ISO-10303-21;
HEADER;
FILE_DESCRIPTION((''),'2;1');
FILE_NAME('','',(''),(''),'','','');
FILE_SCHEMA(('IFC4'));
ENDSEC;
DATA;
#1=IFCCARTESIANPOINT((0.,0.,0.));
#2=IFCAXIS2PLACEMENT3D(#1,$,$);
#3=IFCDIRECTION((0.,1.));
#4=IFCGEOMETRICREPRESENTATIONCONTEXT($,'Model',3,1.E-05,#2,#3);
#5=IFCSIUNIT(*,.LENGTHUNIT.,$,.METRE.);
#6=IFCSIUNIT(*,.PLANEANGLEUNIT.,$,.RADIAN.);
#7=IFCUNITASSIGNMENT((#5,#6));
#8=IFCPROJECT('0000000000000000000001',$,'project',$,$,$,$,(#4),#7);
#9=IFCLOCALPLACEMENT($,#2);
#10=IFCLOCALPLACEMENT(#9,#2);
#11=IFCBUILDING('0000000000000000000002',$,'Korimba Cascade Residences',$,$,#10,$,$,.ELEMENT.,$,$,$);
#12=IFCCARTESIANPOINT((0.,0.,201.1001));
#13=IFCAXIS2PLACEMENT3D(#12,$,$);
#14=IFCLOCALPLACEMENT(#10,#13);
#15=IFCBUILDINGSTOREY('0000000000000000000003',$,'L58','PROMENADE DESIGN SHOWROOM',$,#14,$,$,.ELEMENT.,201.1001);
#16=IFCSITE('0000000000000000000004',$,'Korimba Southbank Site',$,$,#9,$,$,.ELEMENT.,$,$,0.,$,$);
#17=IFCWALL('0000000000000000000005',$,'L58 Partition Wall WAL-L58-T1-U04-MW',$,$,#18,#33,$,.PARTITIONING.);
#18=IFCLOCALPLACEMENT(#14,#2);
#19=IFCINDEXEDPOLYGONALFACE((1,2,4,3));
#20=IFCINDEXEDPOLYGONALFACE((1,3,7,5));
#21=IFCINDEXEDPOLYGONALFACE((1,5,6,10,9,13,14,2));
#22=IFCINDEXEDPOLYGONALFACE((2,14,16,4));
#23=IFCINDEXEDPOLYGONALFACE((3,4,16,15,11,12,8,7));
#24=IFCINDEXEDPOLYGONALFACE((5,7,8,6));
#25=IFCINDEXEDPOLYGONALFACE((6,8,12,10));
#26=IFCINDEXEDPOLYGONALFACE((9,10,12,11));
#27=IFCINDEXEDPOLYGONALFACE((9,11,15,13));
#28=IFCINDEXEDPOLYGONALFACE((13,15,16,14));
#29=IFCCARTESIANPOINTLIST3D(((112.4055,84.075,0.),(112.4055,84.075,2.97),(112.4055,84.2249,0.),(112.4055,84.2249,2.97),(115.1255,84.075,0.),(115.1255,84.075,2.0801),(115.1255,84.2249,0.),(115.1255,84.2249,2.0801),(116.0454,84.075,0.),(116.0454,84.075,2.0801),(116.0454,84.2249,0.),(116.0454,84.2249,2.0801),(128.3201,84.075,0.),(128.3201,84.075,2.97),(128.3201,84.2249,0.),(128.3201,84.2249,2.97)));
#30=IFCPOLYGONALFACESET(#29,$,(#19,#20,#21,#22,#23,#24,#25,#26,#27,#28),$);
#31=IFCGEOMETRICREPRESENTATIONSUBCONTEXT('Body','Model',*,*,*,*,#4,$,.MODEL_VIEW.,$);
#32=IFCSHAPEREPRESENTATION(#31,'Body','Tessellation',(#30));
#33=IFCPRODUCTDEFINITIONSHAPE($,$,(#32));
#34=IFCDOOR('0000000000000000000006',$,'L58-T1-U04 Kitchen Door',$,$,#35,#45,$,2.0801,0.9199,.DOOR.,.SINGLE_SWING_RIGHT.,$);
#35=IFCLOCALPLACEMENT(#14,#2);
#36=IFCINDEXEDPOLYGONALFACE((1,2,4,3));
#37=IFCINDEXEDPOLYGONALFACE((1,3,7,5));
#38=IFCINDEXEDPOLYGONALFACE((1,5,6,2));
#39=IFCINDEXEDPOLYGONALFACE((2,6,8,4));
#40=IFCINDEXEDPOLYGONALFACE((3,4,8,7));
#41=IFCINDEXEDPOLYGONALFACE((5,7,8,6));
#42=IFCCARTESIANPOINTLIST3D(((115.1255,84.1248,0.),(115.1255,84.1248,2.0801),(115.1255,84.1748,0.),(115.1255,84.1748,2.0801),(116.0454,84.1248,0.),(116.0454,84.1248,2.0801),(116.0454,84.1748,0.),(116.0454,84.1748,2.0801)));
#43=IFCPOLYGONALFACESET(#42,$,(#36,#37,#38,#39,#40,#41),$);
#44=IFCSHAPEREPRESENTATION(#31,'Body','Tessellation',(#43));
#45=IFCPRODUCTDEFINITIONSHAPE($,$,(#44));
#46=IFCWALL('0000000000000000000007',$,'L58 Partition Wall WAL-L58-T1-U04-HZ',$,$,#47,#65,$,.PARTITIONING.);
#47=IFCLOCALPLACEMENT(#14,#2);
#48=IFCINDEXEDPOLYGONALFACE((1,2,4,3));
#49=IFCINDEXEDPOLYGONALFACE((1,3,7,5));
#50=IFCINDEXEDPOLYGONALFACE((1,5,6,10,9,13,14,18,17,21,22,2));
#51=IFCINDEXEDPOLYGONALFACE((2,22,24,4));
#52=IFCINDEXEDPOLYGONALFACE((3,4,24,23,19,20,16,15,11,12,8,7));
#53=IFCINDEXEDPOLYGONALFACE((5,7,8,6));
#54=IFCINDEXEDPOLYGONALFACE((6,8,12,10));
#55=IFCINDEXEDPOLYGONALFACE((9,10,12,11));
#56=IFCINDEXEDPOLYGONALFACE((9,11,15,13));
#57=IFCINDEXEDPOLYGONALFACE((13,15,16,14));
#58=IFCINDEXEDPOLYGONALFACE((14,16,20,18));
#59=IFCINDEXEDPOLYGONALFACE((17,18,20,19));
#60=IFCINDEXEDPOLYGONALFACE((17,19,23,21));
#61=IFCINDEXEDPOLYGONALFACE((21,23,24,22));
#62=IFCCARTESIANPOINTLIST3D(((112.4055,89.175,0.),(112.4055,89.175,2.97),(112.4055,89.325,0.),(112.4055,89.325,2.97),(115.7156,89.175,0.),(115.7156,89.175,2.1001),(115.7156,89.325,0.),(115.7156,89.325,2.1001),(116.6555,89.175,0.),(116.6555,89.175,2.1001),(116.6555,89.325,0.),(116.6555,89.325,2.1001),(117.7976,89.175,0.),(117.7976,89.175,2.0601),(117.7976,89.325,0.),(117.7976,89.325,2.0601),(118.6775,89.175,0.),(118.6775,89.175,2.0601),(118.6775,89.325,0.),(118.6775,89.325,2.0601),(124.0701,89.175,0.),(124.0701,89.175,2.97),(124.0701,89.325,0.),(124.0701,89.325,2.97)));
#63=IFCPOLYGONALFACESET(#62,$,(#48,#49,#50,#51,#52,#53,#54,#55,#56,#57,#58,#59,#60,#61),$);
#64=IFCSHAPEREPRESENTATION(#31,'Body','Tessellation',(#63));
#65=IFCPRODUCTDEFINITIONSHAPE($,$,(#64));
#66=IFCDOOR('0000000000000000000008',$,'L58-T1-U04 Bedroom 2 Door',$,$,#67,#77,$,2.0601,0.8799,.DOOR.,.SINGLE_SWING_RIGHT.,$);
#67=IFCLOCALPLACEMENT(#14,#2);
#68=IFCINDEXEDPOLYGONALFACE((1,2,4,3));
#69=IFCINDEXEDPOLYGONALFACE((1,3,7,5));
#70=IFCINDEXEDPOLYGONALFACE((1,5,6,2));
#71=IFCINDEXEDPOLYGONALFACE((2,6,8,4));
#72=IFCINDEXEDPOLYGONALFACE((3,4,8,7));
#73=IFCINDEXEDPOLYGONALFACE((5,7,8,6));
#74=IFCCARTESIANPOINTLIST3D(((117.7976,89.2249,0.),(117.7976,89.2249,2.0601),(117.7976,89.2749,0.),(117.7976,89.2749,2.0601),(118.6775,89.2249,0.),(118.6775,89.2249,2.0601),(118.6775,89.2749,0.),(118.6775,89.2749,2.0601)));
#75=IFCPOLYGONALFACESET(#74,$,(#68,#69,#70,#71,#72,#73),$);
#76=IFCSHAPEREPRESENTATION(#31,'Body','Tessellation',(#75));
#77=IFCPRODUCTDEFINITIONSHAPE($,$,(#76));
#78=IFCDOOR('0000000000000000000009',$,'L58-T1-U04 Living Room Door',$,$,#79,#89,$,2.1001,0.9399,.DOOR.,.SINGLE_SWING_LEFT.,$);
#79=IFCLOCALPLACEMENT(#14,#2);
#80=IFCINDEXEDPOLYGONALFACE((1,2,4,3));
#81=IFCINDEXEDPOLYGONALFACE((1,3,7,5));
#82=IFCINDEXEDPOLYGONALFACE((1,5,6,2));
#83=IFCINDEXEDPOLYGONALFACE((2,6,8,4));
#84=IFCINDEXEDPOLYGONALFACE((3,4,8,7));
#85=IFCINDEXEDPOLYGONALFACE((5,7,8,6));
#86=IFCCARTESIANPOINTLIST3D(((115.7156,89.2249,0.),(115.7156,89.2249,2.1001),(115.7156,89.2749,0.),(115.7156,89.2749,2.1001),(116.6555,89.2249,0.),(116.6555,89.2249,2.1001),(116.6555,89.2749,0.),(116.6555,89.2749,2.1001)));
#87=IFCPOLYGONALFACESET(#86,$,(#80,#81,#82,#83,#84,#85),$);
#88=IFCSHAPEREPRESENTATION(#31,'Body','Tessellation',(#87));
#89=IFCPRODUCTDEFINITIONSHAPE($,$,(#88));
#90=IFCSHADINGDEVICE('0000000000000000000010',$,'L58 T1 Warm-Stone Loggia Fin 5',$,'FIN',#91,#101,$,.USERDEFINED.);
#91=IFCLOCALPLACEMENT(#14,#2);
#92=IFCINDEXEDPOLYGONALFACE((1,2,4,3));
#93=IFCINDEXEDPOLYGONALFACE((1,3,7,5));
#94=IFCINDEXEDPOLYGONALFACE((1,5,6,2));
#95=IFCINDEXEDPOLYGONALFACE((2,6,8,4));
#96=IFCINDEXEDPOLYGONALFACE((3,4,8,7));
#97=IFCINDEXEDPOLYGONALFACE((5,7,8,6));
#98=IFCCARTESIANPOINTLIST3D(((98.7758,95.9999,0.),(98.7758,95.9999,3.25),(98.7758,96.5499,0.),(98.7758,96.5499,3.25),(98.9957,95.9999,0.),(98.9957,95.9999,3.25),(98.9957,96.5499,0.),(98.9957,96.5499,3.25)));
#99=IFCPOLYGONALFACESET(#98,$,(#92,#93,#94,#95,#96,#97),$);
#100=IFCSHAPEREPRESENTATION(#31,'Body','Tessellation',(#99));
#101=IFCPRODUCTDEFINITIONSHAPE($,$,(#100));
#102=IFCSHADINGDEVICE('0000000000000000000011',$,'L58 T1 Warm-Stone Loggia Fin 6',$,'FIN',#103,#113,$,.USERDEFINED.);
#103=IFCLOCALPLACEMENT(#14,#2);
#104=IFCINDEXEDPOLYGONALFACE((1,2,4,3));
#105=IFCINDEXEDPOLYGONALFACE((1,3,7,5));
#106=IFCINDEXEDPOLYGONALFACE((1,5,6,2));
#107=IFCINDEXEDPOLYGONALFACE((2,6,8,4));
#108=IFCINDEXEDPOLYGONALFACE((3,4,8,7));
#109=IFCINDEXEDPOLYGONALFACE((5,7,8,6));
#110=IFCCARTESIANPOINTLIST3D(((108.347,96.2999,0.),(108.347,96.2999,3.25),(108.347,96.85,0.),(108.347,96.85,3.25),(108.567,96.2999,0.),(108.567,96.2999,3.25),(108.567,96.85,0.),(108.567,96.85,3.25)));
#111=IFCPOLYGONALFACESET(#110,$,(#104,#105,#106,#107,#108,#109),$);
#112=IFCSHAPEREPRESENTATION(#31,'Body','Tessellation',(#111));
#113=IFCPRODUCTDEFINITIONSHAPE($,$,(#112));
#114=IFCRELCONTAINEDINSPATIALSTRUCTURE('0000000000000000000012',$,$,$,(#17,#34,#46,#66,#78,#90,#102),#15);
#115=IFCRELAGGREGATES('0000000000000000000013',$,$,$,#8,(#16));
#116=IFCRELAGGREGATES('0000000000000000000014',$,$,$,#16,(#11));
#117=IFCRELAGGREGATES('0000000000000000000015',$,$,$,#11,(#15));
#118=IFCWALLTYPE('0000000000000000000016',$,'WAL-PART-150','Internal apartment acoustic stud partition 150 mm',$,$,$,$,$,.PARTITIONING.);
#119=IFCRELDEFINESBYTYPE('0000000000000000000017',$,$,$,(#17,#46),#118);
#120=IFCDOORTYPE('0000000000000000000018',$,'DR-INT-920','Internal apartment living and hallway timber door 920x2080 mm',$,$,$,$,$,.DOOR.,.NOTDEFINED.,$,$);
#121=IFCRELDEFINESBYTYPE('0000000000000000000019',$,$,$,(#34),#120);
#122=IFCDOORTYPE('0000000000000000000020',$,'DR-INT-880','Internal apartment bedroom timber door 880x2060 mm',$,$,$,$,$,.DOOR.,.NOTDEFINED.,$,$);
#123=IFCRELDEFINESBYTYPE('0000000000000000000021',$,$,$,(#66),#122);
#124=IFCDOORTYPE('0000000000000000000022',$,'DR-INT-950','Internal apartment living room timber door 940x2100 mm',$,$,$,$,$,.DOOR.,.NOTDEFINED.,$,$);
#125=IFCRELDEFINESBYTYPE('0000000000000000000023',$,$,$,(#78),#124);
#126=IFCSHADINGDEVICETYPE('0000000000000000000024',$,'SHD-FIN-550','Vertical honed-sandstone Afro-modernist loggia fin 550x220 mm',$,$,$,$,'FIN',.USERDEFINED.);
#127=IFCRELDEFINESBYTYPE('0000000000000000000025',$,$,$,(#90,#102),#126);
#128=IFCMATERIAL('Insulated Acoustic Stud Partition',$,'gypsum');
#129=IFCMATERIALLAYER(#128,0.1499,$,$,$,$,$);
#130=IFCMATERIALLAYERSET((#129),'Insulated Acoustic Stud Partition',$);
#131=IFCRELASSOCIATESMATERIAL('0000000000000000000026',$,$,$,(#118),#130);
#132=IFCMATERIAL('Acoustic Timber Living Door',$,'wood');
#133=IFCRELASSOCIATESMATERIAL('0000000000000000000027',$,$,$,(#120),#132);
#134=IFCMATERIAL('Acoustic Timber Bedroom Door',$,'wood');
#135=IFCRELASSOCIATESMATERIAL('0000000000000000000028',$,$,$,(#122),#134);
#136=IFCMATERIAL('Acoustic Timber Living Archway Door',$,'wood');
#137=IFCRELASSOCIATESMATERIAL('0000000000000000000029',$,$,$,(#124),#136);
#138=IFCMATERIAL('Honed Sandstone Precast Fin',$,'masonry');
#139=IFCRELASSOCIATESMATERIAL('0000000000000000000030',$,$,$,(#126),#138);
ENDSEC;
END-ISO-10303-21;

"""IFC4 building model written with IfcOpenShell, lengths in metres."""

from ifc_helpers import new_model, si_unit, direction, frame, frame_2d, origin, origin_2d, place, context, subcontext, project, spatial, rectangle, extrude, material, layer, layer_set, type_object, element, fill, save


model = new_model("IFC4")

# Units and contexts
model_context = context("Model", 3, precision=1e-05, world=origin(), true_north=direction((0.0, 1.0)))
body_context = subcontext(model_context, "Body", "Model", "MODEL_VIEW")
ifc_project = project(units=[si_unit("LENGTHUNIT", "METRE"), si_unit("PLANEANGLEUNIT", "RADIAN")], contexts=[model_context])

# Site, building, storey
site_placement = place(None, origin())
site = spatial("IfcSite", under=ifc_project, at=site_placement, Name="Korimba Southbank Site", CompositionType="ELEMENT", RefElevation=0.0)
building_placement = place(site_placement, origin())
building = spatial("IfcBuilding", under=site, at=building_placement, Name="Korimba Cascade Residences", CompositionType="ELEMENT")
storey_placement = place(building_placement, frame((0.0, 0.0, 201.1001)))
storey = spatial("IfcBuildingStorey", under=building, at=storey_placement, Name="L58", Description="PROMENADE DESIGN SHOWROOM", CompositionType="ELEMENT", Elevation=201.1001)

# Shared definitions
ifc_material_1 = material(Name="Insulated Acoustic Stud Partition", Category="gypsum")
ifc_layer = layer(ifc_material_1, 0.1499)
ifc_layer_set = layer_set([ifc_layer], Name="Insulated Acoustic Stud Partition")
wall_type = type_object("IfcWallType", Name="WAL-PART-150", Description="Internal apartment acoustic stud partition 150 mm", PredefinedType="PARTITIONING", material=ifc_layer_set)
ifc_material_2 = material(Name="Acoustic Timber Living Door", Category="wood")
door_type_1 = type_object("IfcDoorType", Name="DR-INT-920", Description="Internal apartment living and hallway timber door 920x2080 mm", OperationType="NOTDEFINED", PredefinedType="DOOR", material=ifc_material_2)

# Wall, opening, door
wall_1_placement = place(storey_placement, frame((112.4055, 84.1499, 0.0), z_axis=(0.0, 0.0, 1.0), x_axis=(1.0, 0.0, 0.0)))
wall_1 = element("IfcWall", 1, at=wall_1_placement, inside=storey, type_object=wall_type, Name="L58 Partition Wall WAL-L58-T1-U04-MW", PredefinedType="PARTITIONING", context=body_context, shape_type="SweptSolid", body=[
    extrude(rectangle(XDim=15.9146, YDim=0.1499, at=frame_2d((7.9573, 0.0))), origin(), (0.0, 0.0, 1.0), 2.97),
])
opening_1_placement = place(wall_1_placement, frame((2.72, 0.0, 0.0)))
opening_1 = element("IfcOpeningElement", 2, at=opening_1_placement, cuts=wall_1, PredefinedType="OPENING", context=body_context, shape_type="SweptSolid", body=[
    extrude(rectangle(XDim=0.9199, YDim=2.0801, at=frame_2d((0.46, 1.04))), frame((0.0, 0.085, 0.0), z_axis=(0.0, -1.0, 0.0), x_axis=(1.0, 0.0, 0.0)), (0.0, 0.0, 1.0), 0.1699),
])
door_1_placement = place(opening_1_placement, origin())
door_1 = element("IfcDoor", 3, at=door_1_placement, inside=storey, type_object=door_type_1, Name="L58-T1-U04 Kitchen Door", OperationType="SINGLE_SWING_RIGHT", OverallHeight=2.0801, OverallWidth=0.9199, PredefinedType="DOOR", context=body_context, shape_type="SweptSolid", body=[
    extrude(rectangle(XDim=0.9199, YDim=2.0801, at=frame_2d((0.46, 1.04))), frame((0.0, 0.0249, 0.0), z_axis=(0.0, -1.0, 0.0), x_axis=(1.0, 0.0, 0.0)), (0.0, 0.0, 1.0), 0.05),
])
fill(opening_1, door_1)

# Wall, openings, doors
wall_2_placement = place(storey_placement, frame((112.4055, 89.25, 0.0), z_axis=(0.0, 0.0, 1.0), x_axis=(1.0, 0.0, 0.0)))
wall_2 = element("IfcWall", 4, at=wall_2_placement, inside=storey, type_object=wall_type, Name="L58 Partition Wall WAL-L58-T1-U04-HZ", PredefinedType="PARTITIONING", context=body_context, shape_type="SweptSolid", body=[
    extrude(rectangle(XDim=11.6646, YDim=0.1499, at=frame_2d((5.8323, 0.0))), origin(), (0.0, 0.0, 1.0), 2.97),
])
opening_2_placement = place(wall_2_placement, frame((3.3101, 0.0, 0.0)))
opening_2 = element("IfcOpeningElement", 5, at=opening_2_placement, cuts=wall_2, PredefinedType="OPENING", context=body_context, shape_type="SweptSolid", body=[
    extrude(rectangle(XDim=0.9399, YDim=2.1001, at=frame_2d((0.47, 1.05))), frame((0.0, 0.085, 0.0), z_axis=(0.0, -1.0, 0.0), x_axis=(1.0, 0.0, 0.0)), (0.0, 0.0, 1.0), 0.1699),
])
opening_3_placement = place(wall_2_placement, frame((5.3921, 0.0, 0.0)))
opening_3 = element("IfcOpeningElement", 6, at=opening_3_placement, cuts=wall_2, PredefinedType="OPENING", context=body_context, shape_type="SweptSolid", body=[
    extrude(rectangle(XDim=0.8799, YDim=2.0601, at=frame_2d((0.4399, 1.03))), frame((0.0, 0.085, 0.0), z_axis=(0.0, -1.0, 0.0), x_axis=(1.0, 0.0, 0.0)), (0.0, 0.0, 1.0), 0.1699),
])
ifc_material_3 = material(Name="Acoustic Timber Bedroom Door", Category="wood")
door_type_2 = type_object("IfcDoorType", Name="DR-INT-880", Description="Internal apartment bedroom timber door 880x2060 mm", OperationType="NOTDEFINED", PredefinedType="DOOR", material=ifc_material_3)
door_2_placement = place(opening_3_placement, origin())
door_2 = element("IfcDoor", 7, at=door_2_placement, inside=storey, type_object=door_type_2, Name="L58-T1-U04 Bedroom 2 Door", OperationType="SINGLE_SWING_RIGHT", OverallHeight=2.0601, OverallWidth=0.8799, PredefinedType="DOOR", context=body_context, shape_type="SweptSolid", body=[
    extrude(rectangle(XDim=0.8799, YDim=2.0601, at=frame_2d((0.4399, 1.03))), frame((0.0, 0.0249, 0.0), z_axis=(0.0, -1.0, 0.0), x_axis=(1.0, 0.0, 0.0)), (0.0, 0.0, 1.0), 0.05),
])
fill(opening_3, door_2)
ifc_material_4 = material(Name="Acoustic Timber Living Archway Door", Category="wood")
door_type_3 = type_object("IfcDoorType", Name="DR-INT-950", Description="Internal apartment living room timber door 940x2100 mm", OperationType="NOTDEFINED", PredefinedType="DOOR", material=ifc_material_4)
door_3_placement = place(opening_2_placement, origin())
door_3 = element("IfcDoor", 8, at=door_3_placement, inside=storey, type_object=door_type_3, Name="L58-T1-U04 Living Room Door", OperationType="SINGLE_SWING_LEFT", OverallHeight=2.1001, OverallWidth=0.9399, PredefinedType="DOOR", context=body_context, shape_type="SweptSolid", body=[
    extrude(rectangle(XDim=0.9399, YDim=2.1001, at=frame_2d((0.47, 1.05))), frame((0.0, 0.0249, 0.0), z_axis=(0.0, -1.0, 0.0), x_axis=(1.0, 0.0, 0.0)), (0.0, 0.0, 1.0), 0.05),
])
fill(opening_2, door_3)

# Shading devices
ifc_material_5 = material(Name="Honed Sandstone Precast Fin", Category="masonry")
shading_device_type = type_object("IfcShadingDeviceType", Name="SHD-FIN-550", Description="Vertical honed-sandstone Afro-modernist loggia fin 550x220 mm", ElementType="FIN", PredefinedType="USERDEFINED", material=ifc_material_5)
for number, where, z_axis, x_axis, name in (
    (9, (98.8857, 96.2749, 0.0), (0.0, 0.0, 1.0), (1.0, 0.0, 0.0), "L58 T1 Warm-Stone Loggia Fin 5"),
    (10, (108.457, 96.575, 0.0), (0.0, 0.0, 1.0), (1.0, 0.0, 0.0), "L58 T1 Warm-Stone Loggia Fin 6"),
):
    element("IfcShadingDevice", number, at=place(storey_placement, frame(where, z_axis=z_axis, x_axis=x_axis)), inside=storey, type_object=shading_device_type, Name=name, ObjectType="FIN", PredefinedType="USERDEFINED", context=body_context, shape_type="SweptSolid", body=[
        extrude(rectangle(XDim=0.22, YDim=0.55, at=origin_2d()), origin(), (0.0, 0.0, 1.0), 3.25),
    ])

save(model, "model.ifc")
